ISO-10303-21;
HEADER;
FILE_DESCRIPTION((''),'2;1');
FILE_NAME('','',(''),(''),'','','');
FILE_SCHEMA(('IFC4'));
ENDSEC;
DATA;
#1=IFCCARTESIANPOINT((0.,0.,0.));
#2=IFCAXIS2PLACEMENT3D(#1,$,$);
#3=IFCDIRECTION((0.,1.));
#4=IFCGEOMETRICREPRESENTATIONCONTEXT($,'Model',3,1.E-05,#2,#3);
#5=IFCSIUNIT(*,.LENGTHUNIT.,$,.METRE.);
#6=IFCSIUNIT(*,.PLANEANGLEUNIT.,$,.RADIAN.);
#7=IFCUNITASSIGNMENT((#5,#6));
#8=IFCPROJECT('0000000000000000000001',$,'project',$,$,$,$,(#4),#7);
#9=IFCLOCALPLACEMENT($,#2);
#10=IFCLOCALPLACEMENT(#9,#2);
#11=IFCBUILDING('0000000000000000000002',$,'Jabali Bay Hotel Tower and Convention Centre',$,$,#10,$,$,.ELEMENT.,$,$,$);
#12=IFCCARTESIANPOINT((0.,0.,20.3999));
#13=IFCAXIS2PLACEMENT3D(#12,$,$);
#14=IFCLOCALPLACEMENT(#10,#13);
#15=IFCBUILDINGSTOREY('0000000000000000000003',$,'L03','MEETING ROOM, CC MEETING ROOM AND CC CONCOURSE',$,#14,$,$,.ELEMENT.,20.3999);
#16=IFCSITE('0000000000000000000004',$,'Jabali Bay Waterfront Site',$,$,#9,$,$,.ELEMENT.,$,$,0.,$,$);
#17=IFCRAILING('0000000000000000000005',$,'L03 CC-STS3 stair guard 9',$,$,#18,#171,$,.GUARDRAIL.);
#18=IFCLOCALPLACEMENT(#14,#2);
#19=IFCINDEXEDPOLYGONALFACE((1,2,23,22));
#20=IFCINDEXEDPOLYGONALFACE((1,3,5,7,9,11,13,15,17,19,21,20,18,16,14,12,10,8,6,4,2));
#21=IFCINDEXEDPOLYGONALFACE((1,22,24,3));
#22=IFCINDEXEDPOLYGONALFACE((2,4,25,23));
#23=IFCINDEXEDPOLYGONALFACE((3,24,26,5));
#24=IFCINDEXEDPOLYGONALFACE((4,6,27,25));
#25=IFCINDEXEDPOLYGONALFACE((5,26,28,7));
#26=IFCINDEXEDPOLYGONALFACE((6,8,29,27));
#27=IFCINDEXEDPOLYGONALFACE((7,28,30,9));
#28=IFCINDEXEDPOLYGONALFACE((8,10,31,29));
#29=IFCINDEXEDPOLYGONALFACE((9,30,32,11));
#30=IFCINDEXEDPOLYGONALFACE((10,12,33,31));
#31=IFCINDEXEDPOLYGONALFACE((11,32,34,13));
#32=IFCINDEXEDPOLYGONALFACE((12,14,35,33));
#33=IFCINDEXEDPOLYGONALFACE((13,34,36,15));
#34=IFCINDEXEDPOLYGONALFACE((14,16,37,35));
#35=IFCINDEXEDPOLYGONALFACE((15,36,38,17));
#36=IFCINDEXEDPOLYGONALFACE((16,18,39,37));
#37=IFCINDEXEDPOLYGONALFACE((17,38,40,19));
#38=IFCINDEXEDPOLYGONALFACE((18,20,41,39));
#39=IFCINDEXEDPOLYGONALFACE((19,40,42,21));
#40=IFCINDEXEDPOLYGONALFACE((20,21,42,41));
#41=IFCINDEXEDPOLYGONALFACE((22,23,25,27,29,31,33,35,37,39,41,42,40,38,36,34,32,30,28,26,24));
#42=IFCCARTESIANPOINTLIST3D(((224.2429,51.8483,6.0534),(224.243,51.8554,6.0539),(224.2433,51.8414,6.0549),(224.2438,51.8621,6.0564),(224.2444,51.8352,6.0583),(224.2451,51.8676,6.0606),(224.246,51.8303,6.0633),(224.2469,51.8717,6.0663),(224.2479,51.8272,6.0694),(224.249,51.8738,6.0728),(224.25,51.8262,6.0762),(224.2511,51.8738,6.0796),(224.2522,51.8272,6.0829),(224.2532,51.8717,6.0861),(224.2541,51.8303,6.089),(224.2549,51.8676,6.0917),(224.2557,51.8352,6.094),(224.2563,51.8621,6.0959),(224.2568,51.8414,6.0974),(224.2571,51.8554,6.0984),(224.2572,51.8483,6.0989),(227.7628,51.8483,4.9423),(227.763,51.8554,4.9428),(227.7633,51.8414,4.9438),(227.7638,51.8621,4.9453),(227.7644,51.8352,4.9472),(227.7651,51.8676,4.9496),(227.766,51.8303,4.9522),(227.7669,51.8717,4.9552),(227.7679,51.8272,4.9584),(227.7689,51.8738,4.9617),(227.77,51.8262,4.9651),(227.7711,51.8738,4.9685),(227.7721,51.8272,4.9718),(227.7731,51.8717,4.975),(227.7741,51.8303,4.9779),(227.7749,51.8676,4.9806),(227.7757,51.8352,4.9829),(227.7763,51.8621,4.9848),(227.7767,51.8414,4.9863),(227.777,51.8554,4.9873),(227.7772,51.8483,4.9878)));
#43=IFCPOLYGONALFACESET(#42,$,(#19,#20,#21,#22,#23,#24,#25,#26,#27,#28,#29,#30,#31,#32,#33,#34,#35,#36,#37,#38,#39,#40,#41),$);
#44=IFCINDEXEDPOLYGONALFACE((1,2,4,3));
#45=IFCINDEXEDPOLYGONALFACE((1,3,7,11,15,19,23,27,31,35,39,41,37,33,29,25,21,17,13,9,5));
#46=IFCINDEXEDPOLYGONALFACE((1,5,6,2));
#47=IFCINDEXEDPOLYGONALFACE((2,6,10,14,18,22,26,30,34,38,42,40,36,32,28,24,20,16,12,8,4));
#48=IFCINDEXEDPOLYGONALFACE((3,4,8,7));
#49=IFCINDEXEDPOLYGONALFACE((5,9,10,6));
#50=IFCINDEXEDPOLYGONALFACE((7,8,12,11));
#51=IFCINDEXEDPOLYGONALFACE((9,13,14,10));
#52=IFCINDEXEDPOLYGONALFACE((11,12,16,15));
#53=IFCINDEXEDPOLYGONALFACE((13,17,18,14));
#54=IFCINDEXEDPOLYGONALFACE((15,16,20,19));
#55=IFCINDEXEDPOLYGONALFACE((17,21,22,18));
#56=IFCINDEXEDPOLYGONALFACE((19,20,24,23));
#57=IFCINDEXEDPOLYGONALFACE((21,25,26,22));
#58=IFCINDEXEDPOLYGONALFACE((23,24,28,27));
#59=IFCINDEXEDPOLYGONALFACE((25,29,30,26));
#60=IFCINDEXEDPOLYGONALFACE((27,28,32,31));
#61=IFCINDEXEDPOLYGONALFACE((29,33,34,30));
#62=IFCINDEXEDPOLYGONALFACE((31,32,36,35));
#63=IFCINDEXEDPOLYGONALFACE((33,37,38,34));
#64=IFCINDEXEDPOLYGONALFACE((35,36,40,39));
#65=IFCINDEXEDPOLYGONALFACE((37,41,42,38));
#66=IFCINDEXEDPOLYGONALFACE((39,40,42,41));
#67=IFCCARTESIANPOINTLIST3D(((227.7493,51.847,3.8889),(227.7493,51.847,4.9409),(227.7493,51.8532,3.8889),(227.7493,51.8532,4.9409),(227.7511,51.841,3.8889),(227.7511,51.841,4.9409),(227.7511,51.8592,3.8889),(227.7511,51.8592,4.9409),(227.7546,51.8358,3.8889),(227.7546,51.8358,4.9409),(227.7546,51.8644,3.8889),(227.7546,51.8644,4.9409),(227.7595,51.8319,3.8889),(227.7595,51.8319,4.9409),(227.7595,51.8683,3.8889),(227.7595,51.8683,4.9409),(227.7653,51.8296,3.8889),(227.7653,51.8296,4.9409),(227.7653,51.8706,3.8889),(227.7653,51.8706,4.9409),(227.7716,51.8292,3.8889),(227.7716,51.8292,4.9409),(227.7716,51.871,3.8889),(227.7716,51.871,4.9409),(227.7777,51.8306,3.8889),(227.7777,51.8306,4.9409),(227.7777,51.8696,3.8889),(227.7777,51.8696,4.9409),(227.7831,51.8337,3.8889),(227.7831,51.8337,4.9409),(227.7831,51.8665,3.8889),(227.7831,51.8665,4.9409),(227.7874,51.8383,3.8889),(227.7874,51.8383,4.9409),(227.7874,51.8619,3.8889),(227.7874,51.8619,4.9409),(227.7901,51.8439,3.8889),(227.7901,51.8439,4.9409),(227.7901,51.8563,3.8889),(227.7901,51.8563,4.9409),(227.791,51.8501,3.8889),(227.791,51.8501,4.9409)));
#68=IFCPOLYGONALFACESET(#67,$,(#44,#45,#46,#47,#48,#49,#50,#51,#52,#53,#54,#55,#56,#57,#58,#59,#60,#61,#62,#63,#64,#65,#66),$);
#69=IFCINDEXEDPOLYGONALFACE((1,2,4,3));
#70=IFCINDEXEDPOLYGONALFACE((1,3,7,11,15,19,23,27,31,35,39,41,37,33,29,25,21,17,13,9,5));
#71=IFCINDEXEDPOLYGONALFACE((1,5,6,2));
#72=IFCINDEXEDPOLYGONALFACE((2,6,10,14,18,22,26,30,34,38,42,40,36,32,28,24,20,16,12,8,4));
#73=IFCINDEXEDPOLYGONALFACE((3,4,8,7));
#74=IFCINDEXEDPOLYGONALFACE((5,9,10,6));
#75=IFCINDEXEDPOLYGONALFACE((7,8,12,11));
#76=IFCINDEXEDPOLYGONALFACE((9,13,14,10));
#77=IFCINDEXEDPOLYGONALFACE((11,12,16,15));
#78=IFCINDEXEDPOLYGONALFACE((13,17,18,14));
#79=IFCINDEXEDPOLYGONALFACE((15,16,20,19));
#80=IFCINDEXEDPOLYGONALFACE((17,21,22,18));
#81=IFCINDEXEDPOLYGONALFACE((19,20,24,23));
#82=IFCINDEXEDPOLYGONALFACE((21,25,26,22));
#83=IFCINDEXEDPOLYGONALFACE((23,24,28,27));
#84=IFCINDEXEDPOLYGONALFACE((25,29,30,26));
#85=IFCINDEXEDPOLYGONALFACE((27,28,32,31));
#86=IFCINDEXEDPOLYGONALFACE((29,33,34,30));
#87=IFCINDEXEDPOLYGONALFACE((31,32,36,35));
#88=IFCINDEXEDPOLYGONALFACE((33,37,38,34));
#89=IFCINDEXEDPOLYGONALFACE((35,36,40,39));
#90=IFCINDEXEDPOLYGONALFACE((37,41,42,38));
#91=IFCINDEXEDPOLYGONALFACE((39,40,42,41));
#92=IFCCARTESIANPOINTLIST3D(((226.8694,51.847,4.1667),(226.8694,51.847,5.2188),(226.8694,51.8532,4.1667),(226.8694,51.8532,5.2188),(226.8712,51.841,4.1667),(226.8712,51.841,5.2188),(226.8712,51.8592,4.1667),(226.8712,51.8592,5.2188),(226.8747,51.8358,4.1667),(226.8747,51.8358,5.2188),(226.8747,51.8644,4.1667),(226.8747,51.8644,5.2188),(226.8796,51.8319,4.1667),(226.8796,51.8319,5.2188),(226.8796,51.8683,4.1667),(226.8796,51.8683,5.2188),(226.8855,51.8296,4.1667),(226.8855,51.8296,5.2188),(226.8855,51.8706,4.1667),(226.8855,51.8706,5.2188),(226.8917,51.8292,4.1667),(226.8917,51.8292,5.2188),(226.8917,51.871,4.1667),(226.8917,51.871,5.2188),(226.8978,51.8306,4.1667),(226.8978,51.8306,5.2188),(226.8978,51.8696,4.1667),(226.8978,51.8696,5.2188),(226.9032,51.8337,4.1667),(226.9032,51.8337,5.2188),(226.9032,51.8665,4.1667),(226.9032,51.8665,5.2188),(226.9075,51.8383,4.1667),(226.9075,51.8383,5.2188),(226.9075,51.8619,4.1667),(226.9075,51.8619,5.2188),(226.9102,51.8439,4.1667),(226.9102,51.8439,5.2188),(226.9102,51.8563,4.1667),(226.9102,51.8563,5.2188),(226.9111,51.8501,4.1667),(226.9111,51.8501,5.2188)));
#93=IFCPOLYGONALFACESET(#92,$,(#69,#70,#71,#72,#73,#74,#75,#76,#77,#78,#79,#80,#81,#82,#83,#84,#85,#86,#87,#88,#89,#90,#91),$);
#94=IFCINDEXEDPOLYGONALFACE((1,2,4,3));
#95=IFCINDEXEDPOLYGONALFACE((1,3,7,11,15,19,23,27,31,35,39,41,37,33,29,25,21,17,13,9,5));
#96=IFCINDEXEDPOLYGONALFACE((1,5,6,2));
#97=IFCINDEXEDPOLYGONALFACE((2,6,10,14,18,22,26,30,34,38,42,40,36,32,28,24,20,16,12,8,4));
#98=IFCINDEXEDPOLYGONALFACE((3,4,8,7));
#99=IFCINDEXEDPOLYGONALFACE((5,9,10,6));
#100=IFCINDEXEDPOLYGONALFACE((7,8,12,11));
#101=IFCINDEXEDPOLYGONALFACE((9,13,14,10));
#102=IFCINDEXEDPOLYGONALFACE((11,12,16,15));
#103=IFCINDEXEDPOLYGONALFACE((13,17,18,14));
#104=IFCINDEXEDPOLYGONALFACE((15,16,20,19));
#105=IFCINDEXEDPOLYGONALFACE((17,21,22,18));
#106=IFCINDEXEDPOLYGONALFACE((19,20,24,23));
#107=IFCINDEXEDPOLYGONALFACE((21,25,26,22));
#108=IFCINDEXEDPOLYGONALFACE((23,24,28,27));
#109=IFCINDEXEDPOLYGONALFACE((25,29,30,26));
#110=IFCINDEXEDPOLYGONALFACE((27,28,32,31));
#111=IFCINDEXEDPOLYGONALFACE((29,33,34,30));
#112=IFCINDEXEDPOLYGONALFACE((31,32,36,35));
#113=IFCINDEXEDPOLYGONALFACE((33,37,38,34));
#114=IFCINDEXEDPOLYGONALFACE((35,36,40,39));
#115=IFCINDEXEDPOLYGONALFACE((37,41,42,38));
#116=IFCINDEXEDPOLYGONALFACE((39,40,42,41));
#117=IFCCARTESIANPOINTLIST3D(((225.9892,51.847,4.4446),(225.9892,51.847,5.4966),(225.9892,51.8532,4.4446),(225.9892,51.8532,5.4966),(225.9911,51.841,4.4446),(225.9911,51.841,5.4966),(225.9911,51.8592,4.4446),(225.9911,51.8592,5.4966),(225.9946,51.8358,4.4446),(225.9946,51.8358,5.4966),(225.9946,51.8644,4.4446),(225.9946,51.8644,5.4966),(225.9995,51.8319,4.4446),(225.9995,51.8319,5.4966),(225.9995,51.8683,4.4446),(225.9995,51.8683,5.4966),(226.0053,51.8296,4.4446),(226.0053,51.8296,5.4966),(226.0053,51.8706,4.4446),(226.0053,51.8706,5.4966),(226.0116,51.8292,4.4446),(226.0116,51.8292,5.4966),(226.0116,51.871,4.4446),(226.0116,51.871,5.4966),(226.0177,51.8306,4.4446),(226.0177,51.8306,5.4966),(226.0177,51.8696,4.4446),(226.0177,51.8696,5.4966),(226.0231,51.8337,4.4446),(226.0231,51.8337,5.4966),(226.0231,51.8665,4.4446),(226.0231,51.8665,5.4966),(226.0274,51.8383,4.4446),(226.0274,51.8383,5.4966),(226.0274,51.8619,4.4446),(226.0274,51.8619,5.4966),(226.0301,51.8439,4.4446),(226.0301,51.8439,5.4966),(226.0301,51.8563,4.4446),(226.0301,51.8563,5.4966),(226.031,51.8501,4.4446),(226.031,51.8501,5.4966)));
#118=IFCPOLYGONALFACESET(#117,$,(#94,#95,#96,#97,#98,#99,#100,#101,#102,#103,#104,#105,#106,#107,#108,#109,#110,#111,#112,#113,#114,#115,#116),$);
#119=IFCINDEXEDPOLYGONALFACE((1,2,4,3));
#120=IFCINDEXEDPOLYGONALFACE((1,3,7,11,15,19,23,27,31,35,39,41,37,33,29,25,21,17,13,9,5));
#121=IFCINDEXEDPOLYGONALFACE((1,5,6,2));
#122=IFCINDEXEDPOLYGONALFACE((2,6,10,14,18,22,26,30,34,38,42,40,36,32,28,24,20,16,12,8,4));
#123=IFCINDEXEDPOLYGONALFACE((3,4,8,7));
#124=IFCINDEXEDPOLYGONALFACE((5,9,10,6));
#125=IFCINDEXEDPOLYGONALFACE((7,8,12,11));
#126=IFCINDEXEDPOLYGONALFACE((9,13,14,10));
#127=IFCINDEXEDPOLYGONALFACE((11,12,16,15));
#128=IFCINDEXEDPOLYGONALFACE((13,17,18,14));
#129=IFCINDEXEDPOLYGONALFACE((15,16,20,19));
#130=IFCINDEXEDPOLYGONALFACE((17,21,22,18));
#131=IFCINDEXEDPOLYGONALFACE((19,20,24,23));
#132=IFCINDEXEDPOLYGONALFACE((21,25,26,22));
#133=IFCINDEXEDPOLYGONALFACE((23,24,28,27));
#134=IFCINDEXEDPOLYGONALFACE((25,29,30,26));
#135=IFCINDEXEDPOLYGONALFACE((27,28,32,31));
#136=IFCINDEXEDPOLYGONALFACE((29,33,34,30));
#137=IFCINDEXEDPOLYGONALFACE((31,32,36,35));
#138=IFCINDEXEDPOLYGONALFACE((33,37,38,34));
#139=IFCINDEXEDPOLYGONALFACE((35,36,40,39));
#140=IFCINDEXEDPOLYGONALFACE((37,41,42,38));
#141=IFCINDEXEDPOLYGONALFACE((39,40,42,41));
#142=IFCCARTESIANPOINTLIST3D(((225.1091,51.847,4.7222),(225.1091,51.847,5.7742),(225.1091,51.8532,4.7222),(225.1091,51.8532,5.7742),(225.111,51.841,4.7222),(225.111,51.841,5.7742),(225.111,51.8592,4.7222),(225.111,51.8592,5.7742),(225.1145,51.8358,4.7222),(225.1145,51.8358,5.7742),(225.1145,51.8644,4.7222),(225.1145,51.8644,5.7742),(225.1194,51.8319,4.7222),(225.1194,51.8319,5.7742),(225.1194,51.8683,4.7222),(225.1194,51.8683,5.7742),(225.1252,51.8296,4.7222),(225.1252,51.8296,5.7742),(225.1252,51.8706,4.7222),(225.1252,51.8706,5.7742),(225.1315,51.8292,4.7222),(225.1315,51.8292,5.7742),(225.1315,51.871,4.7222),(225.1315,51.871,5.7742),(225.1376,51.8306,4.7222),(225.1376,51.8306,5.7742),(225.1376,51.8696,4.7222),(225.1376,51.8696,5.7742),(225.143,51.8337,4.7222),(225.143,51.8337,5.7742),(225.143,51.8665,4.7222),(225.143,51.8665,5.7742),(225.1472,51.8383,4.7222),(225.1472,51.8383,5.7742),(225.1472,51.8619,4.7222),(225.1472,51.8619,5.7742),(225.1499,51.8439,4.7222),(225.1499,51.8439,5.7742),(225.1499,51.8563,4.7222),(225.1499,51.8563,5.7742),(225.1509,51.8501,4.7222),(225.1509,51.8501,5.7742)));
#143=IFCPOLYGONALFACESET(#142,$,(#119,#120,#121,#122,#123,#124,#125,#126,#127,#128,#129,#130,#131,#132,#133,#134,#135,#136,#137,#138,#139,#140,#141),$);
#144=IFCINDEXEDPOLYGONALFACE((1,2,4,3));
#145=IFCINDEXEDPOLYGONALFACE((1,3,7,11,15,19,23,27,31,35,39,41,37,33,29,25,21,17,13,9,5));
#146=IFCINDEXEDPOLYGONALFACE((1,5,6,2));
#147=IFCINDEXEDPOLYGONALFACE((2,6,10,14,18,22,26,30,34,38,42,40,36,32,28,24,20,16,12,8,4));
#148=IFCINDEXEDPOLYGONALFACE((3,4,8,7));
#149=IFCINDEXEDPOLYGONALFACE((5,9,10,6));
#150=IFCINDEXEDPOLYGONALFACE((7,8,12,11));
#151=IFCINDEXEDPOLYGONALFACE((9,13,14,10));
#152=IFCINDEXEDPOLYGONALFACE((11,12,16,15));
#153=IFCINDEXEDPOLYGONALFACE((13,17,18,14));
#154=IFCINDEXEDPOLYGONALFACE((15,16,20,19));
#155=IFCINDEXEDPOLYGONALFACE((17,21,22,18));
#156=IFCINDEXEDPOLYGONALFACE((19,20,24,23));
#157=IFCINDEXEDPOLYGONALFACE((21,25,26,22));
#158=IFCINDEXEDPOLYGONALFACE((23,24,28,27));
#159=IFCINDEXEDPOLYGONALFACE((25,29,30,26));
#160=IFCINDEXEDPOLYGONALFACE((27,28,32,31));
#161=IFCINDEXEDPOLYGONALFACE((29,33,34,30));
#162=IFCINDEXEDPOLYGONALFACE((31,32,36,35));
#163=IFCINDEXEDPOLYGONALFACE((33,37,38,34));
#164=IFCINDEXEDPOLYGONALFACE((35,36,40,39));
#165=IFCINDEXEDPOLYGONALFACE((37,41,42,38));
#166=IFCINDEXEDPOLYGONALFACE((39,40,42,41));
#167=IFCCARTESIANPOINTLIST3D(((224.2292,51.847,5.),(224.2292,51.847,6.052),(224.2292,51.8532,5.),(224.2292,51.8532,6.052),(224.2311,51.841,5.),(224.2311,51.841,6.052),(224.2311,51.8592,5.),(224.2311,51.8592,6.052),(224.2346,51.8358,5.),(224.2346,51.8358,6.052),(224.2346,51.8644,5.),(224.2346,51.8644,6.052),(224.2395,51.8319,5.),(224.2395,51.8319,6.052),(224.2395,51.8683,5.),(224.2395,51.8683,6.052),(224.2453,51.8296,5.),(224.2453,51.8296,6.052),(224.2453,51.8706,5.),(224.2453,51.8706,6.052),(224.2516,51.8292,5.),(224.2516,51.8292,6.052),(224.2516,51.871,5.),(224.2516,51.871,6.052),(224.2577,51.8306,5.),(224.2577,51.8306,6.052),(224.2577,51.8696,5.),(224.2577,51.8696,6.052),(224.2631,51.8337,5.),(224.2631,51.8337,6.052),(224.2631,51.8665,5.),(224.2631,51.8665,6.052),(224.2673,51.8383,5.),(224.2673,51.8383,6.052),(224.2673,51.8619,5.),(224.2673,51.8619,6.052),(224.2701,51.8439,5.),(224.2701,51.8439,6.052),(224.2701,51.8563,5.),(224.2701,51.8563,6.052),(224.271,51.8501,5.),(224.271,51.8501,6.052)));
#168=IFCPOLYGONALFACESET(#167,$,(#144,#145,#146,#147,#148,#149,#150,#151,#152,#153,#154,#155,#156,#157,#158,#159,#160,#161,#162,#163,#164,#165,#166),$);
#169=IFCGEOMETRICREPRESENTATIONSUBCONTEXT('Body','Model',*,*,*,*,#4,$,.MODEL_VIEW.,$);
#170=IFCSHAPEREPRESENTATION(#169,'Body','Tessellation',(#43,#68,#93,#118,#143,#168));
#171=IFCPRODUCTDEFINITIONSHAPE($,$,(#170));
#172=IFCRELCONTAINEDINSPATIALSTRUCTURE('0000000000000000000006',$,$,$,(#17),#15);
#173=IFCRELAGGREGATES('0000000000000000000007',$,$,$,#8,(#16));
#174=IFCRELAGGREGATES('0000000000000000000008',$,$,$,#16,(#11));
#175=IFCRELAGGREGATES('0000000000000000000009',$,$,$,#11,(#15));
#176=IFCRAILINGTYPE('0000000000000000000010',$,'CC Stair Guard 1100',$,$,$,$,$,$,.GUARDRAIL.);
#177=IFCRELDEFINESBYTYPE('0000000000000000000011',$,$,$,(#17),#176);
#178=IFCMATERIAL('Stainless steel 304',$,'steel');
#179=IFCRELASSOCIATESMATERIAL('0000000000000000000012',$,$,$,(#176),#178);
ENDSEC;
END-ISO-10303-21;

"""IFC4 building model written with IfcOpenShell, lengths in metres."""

from ifc_helpers import new_model, si_unit, direction, frame, origin, origin_2d, place, context, subcontext, project, spatial, circle, extrude, material, type_object, element, save


model = new_model("IFC4")

# Units and contexts
model_context = context("Model", 3, precision=1e-05, world=origin(), true_north=direction((0.0, 1.0)))
body_context = subcontext(model_context, "Body", "Model", "MODEL_VIEW")
ifc_project = project(units=[si_unit("LENGTHUNIT", "METRE"), si_unit("PLANEANGLEUNIT", "RADIAN")], contexts=[model_context])

# Site, building, storey
site_placement = place(None, origin())
site = spatial("IfcSite", under=ifc_project, at=site_placement, Name="Jabali Bay Waterfront Site", CompositionType="ELEMENT", RefElevation=0.0)
building_placement = place(site_placement, origin())
building = spatial("IfcBuilding", under=site, at=building_placement, Name="Jabali Bay Hotel Tower and Convention Centre", CompositionType="ELEMENT")
storey_placement = place(building_placement, frame((0.0, 0.0, 20.3999)))
storey = spatial("IfcBuildingStorey", under=building, at=storey_placement, Name="L03", Description="MEETING ROOM, CC MEETING ROOM AND CC CONCOURSE", CompositionType="ELEMENT", Elevation=20.3999)

# Railing
ifc_material_1 = material(Name="Stainless steel 304", Category="steel")
railing_type_1 = type_object("IfcRailingType", Name="CC Stair Guard 1100", PredefinedType="GUARDRAIL", material=ifc_material_1)
railing_1_placement = place(storey_placement, frame((227.77, 51.8501, 3.8889)))
element("IfcRailing", 1, at=railing_1_placement, inside=storey, type_object=railing_type_1, Name="L03 CC-STS3 stair guard 9", PredefinedType="GUARDRAIL", context=body_context, shape_type="SweptSolid", body=[
    extrude(circle(Radius=0.0239, at=origin_2d()), frame((0.0, 0.0, 1.0762), z_axis=(-0.953622, 0.0, 0.301008), x_axis=(0.0, -1.0, 0.0)), (0.0, 0.0, 1.0), 3.6912),
    extrude(circle(Radius=0.021, at=origin_2d()), origin(), (0.0, 0.0, 1.0), 1.052),
    extrude(circle(Radius=0.021, at=origin_2d()), frame((-0.8799, 0.0, 0.2778)), (0.0, 0.0, 1.0), 1.052),
    extrude(circle(Radius=0.021, at=origin_2d()), frame((-1.76, 0.0, 0.5557)), (0.0, 0.0, 1.0), 1.052),
    extrude(circle(Radius=0.021, at=origin_2d()), frame((-2.6401, 0.0, 0.8333)), (0.0, 0.0, 1.0), 1.052),
    extrude(circle(Radius=0.021, at=origin_2d()), frame((-3.52, 0.0, 1.1111)), (0.0, 0.0, 1.0), 1.052),
])

save(model, "model.ifc")
